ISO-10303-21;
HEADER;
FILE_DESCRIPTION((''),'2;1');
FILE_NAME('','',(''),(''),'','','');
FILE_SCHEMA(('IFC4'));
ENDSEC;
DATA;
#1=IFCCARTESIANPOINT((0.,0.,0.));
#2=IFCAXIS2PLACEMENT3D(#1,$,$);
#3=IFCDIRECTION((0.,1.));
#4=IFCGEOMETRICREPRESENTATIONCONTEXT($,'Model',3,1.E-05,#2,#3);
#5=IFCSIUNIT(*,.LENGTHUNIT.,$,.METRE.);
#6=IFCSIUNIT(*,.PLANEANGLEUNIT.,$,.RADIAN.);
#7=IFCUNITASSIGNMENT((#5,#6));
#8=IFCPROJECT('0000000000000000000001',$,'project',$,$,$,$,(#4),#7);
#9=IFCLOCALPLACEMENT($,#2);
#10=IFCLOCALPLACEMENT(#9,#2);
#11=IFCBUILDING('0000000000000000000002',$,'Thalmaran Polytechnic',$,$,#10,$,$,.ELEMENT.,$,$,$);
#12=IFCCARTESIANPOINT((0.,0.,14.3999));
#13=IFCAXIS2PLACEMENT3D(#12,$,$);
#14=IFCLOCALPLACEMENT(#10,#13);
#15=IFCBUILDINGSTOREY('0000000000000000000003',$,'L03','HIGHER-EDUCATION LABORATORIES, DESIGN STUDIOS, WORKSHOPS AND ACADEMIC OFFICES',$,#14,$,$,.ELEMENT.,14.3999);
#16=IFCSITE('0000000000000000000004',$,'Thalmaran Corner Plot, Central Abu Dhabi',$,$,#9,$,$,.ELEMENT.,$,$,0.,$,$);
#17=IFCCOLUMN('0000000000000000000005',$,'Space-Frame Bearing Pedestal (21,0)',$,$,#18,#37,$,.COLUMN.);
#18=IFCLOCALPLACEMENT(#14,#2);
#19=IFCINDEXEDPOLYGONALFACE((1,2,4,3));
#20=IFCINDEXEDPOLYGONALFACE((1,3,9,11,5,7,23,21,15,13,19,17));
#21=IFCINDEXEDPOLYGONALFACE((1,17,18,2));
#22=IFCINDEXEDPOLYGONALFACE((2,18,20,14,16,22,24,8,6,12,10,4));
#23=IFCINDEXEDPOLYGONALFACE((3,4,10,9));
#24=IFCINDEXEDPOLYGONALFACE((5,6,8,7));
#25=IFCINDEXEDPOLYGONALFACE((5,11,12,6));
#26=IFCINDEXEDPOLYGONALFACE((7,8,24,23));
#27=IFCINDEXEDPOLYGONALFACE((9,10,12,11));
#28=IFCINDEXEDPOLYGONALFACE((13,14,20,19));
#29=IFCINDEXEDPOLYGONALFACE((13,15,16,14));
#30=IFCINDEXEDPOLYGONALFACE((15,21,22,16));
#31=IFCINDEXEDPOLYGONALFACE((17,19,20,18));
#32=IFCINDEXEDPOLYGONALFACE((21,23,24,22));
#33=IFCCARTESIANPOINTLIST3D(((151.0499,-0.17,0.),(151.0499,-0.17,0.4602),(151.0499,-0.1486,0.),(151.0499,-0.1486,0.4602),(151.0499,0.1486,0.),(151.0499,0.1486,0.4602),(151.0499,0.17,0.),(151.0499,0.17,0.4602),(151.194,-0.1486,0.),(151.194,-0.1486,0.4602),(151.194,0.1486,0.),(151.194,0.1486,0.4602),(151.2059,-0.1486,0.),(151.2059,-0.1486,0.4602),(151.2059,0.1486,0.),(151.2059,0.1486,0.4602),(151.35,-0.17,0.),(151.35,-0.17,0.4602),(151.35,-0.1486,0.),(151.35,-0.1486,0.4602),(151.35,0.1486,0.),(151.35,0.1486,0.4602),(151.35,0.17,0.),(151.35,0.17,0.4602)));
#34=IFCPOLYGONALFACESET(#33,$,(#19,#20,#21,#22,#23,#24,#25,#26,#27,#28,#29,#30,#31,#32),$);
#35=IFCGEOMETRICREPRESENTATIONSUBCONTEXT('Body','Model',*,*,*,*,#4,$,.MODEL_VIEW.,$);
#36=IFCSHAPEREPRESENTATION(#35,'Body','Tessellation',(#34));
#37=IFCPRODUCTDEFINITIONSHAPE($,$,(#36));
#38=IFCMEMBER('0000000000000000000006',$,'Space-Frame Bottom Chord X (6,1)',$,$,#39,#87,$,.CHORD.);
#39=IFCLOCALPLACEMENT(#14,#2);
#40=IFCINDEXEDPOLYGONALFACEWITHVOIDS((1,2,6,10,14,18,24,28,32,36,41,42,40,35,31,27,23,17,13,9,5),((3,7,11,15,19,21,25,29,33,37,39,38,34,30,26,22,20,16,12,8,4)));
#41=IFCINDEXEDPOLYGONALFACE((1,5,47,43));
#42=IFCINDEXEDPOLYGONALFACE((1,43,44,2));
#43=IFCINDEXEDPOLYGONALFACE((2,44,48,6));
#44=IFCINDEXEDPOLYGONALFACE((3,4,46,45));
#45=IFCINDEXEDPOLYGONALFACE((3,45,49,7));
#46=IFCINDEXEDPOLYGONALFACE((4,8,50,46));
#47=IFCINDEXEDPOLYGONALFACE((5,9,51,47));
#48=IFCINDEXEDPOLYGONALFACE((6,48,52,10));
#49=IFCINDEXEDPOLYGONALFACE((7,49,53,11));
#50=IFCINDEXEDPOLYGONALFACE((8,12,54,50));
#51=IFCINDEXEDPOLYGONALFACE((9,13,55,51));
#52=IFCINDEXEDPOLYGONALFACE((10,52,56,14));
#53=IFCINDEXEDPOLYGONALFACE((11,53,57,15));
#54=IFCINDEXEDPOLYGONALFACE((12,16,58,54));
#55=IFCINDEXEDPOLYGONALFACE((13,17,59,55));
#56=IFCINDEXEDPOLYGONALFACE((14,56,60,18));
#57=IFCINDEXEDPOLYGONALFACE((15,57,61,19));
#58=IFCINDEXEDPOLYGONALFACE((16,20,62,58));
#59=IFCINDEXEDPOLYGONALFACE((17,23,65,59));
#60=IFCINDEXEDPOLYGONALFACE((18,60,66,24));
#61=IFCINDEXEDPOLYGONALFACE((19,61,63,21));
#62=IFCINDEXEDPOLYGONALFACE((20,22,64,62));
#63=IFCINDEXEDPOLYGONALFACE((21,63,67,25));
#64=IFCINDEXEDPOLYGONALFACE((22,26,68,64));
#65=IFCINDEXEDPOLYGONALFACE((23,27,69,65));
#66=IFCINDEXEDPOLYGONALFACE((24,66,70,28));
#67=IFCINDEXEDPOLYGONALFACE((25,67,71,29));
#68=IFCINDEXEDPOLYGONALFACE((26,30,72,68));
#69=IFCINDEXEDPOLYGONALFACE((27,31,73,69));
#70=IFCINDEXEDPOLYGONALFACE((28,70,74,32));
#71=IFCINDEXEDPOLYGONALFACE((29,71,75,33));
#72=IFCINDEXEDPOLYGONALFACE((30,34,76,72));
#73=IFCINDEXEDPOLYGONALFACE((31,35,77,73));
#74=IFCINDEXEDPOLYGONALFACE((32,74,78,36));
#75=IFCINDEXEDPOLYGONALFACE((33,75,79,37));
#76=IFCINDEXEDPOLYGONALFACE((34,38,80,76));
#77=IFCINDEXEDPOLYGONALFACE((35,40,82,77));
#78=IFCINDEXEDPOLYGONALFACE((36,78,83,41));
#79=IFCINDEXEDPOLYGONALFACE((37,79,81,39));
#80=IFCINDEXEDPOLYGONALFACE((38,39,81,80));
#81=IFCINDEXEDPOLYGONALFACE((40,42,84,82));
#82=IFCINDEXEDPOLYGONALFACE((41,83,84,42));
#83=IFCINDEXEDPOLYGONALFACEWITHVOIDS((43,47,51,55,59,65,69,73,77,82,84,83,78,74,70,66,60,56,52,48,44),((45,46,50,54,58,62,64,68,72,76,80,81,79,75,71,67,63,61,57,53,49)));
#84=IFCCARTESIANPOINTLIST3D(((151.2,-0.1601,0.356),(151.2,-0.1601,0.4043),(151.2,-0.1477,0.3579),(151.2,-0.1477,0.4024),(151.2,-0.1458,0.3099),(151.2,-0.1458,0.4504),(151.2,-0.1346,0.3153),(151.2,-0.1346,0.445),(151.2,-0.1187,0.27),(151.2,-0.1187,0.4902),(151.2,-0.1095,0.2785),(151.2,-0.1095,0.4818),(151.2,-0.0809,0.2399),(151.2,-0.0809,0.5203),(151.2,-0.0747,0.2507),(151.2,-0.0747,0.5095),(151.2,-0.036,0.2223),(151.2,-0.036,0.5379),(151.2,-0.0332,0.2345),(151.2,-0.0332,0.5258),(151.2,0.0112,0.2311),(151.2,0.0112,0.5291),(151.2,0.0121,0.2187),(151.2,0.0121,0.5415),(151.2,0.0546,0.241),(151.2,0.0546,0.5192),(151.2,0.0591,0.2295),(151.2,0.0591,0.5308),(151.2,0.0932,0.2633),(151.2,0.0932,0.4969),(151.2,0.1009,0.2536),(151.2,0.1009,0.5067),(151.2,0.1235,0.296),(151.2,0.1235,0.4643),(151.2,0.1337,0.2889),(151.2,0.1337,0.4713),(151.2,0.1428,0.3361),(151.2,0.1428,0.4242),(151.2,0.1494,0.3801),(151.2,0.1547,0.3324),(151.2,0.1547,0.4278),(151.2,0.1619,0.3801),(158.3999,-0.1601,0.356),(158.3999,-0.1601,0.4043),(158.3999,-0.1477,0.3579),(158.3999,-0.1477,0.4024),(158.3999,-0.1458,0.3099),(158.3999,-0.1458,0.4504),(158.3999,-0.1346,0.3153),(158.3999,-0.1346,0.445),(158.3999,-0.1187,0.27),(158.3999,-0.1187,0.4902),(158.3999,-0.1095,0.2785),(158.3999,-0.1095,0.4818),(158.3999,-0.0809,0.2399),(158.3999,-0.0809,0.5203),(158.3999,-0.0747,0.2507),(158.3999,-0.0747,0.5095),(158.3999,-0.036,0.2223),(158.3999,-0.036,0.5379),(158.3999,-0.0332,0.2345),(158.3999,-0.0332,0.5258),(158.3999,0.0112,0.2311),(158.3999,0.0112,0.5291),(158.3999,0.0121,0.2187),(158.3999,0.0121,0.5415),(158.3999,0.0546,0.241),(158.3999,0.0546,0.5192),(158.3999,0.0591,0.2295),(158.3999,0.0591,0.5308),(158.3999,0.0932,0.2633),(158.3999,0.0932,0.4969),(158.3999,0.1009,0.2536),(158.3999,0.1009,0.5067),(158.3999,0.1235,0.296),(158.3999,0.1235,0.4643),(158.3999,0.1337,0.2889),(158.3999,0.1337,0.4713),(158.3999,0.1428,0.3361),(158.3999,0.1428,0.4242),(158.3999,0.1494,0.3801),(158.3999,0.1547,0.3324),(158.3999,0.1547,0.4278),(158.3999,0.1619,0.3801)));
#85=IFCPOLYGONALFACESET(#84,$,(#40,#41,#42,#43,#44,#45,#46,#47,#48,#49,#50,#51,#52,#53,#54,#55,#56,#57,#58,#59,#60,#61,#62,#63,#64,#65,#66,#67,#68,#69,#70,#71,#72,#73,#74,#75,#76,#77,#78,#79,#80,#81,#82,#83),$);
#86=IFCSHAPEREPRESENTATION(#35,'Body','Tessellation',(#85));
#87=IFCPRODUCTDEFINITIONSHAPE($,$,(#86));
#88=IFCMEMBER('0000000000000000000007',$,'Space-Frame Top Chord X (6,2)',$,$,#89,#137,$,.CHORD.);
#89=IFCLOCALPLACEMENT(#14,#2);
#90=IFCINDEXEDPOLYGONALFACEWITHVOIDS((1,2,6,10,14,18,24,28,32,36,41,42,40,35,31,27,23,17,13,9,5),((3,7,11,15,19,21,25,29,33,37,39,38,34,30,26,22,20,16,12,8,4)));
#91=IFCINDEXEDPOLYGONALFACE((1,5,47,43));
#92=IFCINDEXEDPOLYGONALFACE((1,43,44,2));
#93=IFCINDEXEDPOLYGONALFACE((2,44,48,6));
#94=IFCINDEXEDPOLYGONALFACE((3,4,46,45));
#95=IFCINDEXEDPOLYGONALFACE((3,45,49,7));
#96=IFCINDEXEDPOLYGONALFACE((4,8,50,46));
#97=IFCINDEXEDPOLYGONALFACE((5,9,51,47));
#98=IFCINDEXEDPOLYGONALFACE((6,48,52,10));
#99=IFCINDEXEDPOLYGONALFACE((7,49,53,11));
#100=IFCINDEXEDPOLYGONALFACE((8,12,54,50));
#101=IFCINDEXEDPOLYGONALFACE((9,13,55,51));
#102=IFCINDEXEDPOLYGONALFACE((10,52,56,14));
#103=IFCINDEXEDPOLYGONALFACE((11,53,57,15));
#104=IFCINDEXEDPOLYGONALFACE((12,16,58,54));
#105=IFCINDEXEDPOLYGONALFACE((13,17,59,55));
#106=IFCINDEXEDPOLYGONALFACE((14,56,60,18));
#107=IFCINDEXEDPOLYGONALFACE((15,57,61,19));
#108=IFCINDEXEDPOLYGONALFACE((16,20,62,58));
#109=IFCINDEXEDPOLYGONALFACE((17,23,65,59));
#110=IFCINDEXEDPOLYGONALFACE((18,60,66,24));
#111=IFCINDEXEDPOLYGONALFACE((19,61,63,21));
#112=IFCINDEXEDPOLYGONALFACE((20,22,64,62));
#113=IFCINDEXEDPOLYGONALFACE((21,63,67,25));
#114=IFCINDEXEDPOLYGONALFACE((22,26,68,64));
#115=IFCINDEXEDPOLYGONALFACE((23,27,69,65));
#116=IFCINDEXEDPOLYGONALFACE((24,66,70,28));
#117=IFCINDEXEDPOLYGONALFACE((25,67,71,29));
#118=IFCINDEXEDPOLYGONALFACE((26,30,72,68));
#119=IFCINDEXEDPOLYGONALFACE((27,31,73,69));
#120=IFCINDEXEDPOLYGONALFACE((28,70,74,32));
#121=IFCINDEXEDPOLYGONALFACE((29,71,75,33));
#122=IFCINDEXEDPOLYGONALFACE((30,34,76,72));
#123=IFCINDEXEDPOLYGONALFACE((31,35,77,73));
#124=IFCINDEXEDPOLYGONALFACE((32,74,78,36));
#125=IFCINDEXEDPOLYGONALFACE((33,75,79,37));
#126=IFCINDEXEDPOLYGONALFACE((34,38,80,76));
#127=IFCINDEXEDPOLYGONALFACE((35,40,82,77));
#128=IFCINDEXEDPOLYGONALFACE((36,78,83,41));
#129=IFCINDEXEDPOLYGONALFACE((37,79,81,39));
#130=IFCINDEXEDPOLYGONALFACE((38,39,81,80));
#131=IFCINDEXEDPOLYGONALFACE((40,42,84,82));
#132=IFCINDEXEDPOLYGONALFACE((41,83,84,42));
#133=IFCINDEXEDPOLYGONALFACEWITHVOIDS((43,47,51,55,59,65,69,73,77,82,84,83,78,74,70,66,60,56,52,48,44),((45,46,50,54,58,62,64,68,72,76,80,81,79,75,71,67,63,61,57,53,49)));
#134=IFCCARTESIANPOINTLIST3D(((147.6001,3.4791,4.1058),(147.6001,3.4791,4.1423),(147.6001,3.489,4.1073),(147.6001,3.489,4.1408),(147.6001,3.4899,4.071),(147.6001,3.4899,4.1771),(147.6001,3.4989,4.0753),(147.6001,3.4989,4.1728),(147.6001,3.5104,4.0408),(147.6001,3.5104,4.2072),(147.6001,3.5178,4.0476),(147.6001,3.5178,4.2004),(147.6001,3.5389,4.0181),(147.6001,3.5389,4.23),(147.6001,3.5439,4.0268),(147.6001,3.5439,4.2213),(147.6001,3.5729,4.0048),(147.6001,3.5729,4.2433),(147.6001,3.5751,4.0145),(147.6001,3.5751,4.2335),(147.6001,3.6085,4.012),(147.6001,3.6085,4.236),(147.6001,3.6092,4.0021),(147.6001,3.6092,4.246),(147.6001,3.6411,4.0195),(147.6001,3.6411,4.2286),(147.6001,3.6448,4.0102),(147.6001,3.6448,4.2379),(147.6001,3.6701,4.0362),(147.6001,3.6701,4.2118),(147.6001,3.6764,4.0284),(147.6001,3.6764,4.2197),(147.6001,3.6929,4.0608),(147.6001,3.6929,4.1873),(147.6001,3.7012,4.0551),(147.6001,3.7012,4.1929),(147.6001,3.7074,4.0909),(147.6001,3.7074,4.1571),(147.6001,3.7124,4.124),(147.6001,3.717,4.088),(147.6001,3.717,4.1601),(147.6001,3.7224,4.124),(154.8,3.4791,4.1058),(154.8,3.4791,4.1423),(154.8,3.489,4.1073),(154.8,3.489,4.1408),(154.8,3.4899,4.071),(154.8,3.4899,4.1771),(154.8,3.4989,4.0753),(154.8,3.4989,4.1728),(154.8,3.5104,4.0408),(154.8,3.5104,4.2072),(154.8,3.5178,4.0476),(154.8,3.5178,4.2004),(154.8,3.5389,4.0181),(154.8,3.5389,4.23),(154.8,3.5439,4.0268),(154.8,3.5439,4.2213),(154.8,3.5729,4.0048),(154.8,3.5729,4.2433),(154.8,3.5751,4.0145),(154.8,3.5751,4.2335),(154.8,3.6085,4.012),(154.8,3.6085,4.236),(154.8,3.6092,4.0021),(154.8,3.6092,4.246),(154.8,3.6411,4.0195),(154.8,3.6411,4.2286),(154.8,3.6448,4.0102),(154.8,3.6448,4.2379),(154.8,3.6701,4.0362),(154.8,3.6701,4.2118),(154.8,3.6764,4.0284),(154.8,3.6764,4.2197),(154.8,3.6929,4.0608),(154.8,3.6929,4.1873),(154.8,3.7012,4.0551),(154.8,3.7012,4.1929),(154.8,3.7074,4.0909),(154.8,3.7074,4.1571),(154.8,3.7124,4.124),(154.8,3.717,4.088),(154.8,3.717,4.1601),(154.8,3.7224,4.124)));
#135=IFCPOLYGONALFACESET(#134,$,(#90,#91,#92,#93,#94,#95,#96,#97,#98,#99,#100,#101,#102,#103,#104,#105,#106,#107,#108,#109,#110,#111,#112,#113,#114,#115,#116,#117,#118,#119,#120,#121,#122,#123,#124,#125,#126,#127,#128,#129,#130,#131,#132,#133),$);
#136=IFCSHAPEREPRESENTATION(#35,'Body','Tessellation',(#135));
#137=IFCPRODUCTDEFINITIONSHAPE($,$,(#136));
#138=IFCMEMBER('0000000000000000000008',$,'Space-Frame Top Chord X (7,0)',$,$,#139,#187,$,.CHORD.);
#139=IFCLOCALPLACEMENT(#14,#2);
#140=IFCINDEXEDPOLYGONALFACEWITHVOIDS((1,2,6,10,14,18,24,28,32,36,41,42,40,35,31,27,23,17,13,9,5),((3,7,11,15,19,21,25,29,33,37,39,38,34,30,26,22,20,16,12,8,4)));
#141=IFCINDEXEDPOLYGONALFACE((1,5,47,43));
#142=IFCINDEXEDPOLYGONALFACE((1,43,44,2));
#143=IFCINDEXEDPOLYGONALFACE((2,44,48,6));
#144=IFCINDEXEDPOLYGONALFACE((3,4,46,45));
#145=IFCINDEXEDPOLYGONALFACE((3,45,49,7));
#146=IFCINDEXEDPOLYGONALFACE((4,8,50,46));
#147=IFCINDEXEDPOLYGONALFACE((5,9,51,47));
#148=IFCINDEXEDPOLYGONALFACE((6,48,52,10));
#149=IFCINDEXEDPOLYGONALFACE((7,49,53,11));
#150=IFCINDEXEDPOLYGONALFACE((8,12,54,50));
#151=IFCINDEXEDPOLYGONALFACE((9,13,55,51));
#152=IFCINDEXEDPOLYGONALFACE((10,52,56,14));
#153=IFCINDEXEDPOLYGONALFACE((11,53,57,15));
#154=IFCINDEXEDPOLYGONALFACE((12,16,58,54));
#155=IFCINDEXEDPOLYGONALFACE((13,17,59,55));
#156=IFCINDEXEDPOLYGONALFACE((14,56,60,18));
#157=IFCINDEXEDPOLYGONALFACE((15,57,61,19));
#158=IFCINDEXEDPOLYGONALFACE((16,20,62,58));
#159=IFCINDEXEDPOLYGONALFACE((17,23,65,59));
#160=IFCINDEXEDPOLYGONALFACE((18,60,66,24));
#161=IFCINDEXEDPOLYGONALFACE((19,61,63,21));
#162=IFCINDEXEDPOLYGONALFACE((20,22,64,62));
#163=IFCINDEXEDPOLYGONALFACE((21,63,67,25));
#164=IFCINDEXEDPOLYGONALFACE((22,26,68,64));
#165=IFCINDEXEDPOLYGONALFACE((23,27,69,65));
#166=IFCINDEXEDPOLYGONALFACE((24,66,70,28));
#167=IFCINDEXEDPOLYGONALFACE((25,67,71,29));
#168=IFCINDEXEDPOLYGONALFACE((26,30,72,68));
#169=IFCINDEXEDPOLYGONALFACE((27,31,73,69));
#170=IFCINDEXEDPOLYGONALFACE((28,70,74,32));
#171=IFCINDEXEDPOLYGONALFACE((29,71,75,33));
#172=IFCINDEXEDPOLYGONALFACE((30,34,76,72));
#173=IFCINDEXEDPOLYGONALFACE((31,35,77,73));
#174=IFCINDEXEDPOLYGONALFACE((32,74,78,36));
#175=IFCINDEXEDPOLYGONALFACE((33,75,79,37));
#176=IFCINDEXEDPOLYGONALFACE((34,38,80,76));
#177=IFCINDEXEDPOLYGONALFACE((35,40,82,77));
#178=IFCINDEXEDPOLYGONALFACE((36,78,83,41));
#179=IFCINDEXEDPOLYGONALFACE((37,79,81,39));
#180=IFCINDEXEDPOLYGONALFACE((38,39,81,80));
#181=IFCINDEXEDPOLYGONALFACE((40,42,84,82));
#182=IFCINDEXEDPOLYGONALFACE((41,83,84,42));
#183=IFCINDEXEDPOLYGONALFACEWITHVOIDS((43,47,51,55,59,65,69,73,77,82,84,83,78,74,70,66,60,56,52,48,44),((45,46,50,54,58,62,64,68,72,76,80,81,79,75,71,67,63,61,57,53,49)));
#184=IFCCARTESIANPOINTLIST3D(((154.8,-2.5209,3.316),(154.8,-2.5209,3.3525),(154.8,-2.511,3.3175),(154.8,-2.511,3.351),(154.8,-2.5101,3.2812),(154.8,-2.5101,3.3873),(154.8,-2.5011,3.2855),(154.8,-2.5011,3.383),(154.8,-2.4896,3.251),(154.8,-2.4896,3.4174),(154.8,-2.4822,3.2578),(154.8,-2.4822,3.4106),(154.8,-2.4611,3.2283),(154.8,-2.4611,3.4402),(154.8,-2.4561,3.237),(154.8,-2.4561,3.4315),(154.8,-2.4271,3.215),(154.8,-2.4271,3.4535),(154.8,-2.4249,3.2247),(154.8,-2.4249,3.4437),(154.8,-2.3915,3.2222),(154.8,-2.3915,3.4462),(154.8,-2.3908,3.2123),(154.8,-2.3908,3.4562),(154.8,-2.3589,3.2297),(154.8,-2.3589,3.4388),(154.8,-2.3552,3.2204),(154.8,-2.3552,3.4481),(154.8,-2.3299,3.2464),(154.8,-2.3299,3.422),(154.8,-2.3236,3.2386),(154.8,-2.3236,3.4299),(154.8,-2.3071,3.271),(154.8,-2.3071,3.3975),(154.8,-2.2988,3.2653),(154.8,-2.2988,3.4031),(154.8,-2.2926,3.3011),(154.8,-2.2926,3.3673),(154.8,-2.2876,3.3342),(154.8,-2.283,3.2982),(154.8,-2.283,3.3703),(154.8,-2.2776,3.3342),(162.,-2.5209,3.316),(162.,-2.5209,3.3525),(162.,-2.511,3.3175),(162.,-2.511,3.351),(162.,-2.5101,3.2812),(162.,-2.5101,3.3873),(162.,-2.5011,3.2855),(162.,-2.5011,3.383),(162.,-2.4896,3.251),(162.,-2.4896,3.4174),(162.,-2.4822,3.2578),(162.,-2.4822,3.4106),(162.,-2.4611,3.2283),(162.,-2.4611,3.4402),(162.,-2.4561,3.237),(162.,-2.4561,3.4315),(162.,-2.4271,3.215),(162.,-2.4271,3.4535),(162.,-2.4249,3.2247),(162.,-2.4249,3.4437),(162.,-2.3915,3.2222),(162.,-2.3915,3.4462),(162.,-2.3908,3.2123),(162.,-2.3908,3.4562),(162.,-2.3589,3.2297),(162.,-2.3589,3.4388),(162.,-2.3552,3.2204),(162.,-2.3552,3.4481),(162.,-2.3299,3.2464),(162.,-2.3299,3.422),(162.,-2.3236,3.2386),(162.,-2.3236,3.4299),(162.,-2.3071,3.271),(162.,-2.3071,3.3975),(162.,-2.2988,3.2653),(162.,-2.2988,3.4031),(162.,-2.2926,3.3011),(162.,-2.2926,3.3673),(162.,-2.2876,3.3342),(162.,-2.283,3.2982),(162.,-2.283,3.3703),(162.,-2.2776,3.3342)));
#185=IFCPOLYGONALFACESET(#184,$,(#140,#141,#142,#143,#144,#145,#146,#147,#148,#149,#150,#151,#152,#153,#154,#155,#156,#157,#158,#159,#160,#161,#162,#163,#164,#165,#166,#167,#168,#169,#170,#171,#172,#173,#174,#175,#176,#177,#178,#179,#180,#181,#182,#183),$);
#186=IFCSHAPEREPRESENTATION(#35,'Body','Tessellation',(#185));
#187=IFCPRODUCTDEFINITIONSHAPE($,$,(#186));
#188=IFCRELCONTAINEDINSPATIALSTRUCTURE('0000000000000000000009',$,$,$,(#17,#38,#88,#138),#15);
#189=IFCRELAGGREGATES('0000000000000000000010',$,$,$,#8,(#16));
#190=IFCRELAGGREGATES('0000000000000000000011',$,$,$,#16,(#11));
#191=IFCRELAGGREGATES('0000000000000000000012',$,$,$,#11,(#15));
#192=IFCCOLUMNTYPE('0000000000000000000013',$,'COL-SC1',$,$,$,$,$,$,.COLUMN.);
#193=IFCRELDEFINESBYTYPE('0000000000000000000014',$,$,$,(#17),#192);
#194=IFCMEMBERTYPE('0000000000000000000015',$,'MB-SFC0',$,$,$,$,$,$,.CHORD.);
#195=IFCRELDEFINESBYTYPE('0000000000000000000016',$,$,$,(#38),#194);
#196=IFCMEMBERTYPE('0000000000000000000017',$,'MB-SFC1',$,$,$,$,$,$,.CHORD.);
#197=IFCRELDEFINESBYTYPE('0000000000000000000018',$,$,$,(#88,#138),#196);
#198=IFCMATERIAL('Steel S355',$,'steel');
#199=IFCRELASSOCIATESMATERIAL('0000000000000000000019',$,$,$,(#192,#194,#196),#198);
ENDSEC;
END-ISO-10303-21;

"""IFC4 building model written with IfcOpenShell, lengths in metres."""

from ifc_helpers import new_model, si_unit, direction, frame, origin, origin_2d, place, context, subcontext, project, spatial, hollow_circle, i_section, extrude, material, material_profile, profile_set, type_object, element, save


model = new_model("IFC4")

# Units and contexts
model_context = context("Model", 3, precision=1e-05, world=origin(), true_north=direction((0.0, 1.0)))
body_context = subcontext(model_context, "Body", "Model", "MODEL_VIEW")
ifc_project = project(units=[si_unit("LENGTHUNIT", "METRE"), si_unit("PLANEANGLEUNIT", "RADIAN")], contexts=[model_context])

# Site, building, storey
site_placement = place(None, origin())
site = spatial("IfcSite", under=ifc_project, at=site_placement, Name="Thalmaran Corner Plot, Central Abu Dhabi", CompositionType="ELEMENT", RefElevation=0.0)
building_placement = place(site_placement, origin())
building = spatial("IfcBuilding", under=site, at=building_placement, Name="Thalmaran Polytechnic", CompositionType="ELEMENT")
storey_placement = place(building_placement, frame((0.0, 0.0, 14.3999)))
storey = spatial("IfcBuildingStorey", under=building, at=storey_placement, Name="L03", Description="HIGHER-EDUCATION LABORATORIES, DESIGN STUDIOS, WORKSHOPS AND ACADEMIC OFFICES", CompositionType="ELEMENT", Elevation=14.3999)

# Column
ifc_material_1 = material(Name="Steel S355", Category="steel")
ifc_material_profile_1 = material_profile(ifc_material_1, i_section(OverallWidth=0.3, OverallDepth=0.3401, WebThickness=0.012, FlangeThickness=0.0215, at=origin_2d()), Name="HEB 340")
ifc_profile_set_1 = profile_set([ifc_material_profile_1], Name="Steel S355")
column_type = type_object("IfcColumnType", Name="COL-SC1", PredefinedType="COLUMN", material=ifc_profile_set_1)
column_placement = place(storey_placement, frame((151.2, 0.0, 0.0), z_axis=(0.0, 0.0, 1.0), x_axis=(1.0, 0.0, 0.0)))
element("IfcColumn", 1, at=column_placement, inside=storey, type_object=column_type, Name="Space-Frame Bearing Pedestal (21,0)", PredefinedType="COLUMN", context=body_context, shape_type="SweptSolid", body=[
    extrude(i_section(OverallWidth=0.3, OverallDepth=0.3401, WebThickness=0.012, FlangeThickness=0.0215, at=origin_2d()), origin(), (0.0, 0.0, 1.0), 0.4602),
])

# Members
ifc_material_profile_2 = material_profile(ifc_material_1, hollow_circle(Radius=0.1619, WallThickness=0.0125, at=origin_2d()), Name="CHS 323.9x12.5")
ifc_profile_set_2 = profile_set([ifc_material_profile_2], Name="Steel S355")
member_type_1 = type_object("IfcMemberType", Name="MB-SFC0", PredefinedType="CHORD", material=ifc_profile_set_2)
member_1_placement = place(storey_placement, frame((151.2, 0.0, 0.3801), z_axis=(1.0, 0.0, 0.0), x_axis=(0.0, 1.0, 0.0)))
element("IfcMember", 2, at=member_1_placement, inside=storey, type_object=member_type_1, Name="Space-Frame Bottom Chord X (6,1)", PredefinedType="CHORD", context=body_context, shape_type="SweptSolid", body=[
    extrude(hollow_circle(Radius=0.1619, WallThickness=0.0125, at=origin_2d()), origin(), (0.0, 0.0, 1.0), 7.2),
])
ifc_material_profile_3 = material_profile(ifc_material_1, hollow_circle(Radius=0.1223, WallThickness=0.01, at=origin_2d()), Name="CHS 244.5x10.0")
ifc_profile_set_3 = profile_set([ifc_material_profile_3], Name="Steel S355")
member_type_2 = type_object("IfcMemberType", Name="MB-SFC1", PredefinedType="CHORD", material=ifc_profile_set_3)
for number, where, z_axis, x_axis, name in (
    (3, (147.6001, 3.6001, 4.124), (1.0, 0.0, 0.0), (0.0, 1.0, 0.0), "Space-Frame Top Chord X (6,2)"),
    (4, (154.8, -2.3999, 3.3342), (1.0, 0.0, 0.0), (0.0, 1.0, 0.0), "Space-Frame Top Chord X (7,0)"),
):
    element("IfcMember", number, at=place(storey_placement, frame(where, z_axis=z_axis, x_axis=x_axis)), inside=storey, type_object=member_type_2, Name=name, PredefinedType="CHORD", context=body_context, shape_type="SweptSolid", body=[
        extrude(hollow_circle(Radius=0.1223, WallThickness=0.01, at=origin_2d()), origin(), (0.0, 0.0, 1.0), 7.2),
    ])

save(model, "model.ifc")
